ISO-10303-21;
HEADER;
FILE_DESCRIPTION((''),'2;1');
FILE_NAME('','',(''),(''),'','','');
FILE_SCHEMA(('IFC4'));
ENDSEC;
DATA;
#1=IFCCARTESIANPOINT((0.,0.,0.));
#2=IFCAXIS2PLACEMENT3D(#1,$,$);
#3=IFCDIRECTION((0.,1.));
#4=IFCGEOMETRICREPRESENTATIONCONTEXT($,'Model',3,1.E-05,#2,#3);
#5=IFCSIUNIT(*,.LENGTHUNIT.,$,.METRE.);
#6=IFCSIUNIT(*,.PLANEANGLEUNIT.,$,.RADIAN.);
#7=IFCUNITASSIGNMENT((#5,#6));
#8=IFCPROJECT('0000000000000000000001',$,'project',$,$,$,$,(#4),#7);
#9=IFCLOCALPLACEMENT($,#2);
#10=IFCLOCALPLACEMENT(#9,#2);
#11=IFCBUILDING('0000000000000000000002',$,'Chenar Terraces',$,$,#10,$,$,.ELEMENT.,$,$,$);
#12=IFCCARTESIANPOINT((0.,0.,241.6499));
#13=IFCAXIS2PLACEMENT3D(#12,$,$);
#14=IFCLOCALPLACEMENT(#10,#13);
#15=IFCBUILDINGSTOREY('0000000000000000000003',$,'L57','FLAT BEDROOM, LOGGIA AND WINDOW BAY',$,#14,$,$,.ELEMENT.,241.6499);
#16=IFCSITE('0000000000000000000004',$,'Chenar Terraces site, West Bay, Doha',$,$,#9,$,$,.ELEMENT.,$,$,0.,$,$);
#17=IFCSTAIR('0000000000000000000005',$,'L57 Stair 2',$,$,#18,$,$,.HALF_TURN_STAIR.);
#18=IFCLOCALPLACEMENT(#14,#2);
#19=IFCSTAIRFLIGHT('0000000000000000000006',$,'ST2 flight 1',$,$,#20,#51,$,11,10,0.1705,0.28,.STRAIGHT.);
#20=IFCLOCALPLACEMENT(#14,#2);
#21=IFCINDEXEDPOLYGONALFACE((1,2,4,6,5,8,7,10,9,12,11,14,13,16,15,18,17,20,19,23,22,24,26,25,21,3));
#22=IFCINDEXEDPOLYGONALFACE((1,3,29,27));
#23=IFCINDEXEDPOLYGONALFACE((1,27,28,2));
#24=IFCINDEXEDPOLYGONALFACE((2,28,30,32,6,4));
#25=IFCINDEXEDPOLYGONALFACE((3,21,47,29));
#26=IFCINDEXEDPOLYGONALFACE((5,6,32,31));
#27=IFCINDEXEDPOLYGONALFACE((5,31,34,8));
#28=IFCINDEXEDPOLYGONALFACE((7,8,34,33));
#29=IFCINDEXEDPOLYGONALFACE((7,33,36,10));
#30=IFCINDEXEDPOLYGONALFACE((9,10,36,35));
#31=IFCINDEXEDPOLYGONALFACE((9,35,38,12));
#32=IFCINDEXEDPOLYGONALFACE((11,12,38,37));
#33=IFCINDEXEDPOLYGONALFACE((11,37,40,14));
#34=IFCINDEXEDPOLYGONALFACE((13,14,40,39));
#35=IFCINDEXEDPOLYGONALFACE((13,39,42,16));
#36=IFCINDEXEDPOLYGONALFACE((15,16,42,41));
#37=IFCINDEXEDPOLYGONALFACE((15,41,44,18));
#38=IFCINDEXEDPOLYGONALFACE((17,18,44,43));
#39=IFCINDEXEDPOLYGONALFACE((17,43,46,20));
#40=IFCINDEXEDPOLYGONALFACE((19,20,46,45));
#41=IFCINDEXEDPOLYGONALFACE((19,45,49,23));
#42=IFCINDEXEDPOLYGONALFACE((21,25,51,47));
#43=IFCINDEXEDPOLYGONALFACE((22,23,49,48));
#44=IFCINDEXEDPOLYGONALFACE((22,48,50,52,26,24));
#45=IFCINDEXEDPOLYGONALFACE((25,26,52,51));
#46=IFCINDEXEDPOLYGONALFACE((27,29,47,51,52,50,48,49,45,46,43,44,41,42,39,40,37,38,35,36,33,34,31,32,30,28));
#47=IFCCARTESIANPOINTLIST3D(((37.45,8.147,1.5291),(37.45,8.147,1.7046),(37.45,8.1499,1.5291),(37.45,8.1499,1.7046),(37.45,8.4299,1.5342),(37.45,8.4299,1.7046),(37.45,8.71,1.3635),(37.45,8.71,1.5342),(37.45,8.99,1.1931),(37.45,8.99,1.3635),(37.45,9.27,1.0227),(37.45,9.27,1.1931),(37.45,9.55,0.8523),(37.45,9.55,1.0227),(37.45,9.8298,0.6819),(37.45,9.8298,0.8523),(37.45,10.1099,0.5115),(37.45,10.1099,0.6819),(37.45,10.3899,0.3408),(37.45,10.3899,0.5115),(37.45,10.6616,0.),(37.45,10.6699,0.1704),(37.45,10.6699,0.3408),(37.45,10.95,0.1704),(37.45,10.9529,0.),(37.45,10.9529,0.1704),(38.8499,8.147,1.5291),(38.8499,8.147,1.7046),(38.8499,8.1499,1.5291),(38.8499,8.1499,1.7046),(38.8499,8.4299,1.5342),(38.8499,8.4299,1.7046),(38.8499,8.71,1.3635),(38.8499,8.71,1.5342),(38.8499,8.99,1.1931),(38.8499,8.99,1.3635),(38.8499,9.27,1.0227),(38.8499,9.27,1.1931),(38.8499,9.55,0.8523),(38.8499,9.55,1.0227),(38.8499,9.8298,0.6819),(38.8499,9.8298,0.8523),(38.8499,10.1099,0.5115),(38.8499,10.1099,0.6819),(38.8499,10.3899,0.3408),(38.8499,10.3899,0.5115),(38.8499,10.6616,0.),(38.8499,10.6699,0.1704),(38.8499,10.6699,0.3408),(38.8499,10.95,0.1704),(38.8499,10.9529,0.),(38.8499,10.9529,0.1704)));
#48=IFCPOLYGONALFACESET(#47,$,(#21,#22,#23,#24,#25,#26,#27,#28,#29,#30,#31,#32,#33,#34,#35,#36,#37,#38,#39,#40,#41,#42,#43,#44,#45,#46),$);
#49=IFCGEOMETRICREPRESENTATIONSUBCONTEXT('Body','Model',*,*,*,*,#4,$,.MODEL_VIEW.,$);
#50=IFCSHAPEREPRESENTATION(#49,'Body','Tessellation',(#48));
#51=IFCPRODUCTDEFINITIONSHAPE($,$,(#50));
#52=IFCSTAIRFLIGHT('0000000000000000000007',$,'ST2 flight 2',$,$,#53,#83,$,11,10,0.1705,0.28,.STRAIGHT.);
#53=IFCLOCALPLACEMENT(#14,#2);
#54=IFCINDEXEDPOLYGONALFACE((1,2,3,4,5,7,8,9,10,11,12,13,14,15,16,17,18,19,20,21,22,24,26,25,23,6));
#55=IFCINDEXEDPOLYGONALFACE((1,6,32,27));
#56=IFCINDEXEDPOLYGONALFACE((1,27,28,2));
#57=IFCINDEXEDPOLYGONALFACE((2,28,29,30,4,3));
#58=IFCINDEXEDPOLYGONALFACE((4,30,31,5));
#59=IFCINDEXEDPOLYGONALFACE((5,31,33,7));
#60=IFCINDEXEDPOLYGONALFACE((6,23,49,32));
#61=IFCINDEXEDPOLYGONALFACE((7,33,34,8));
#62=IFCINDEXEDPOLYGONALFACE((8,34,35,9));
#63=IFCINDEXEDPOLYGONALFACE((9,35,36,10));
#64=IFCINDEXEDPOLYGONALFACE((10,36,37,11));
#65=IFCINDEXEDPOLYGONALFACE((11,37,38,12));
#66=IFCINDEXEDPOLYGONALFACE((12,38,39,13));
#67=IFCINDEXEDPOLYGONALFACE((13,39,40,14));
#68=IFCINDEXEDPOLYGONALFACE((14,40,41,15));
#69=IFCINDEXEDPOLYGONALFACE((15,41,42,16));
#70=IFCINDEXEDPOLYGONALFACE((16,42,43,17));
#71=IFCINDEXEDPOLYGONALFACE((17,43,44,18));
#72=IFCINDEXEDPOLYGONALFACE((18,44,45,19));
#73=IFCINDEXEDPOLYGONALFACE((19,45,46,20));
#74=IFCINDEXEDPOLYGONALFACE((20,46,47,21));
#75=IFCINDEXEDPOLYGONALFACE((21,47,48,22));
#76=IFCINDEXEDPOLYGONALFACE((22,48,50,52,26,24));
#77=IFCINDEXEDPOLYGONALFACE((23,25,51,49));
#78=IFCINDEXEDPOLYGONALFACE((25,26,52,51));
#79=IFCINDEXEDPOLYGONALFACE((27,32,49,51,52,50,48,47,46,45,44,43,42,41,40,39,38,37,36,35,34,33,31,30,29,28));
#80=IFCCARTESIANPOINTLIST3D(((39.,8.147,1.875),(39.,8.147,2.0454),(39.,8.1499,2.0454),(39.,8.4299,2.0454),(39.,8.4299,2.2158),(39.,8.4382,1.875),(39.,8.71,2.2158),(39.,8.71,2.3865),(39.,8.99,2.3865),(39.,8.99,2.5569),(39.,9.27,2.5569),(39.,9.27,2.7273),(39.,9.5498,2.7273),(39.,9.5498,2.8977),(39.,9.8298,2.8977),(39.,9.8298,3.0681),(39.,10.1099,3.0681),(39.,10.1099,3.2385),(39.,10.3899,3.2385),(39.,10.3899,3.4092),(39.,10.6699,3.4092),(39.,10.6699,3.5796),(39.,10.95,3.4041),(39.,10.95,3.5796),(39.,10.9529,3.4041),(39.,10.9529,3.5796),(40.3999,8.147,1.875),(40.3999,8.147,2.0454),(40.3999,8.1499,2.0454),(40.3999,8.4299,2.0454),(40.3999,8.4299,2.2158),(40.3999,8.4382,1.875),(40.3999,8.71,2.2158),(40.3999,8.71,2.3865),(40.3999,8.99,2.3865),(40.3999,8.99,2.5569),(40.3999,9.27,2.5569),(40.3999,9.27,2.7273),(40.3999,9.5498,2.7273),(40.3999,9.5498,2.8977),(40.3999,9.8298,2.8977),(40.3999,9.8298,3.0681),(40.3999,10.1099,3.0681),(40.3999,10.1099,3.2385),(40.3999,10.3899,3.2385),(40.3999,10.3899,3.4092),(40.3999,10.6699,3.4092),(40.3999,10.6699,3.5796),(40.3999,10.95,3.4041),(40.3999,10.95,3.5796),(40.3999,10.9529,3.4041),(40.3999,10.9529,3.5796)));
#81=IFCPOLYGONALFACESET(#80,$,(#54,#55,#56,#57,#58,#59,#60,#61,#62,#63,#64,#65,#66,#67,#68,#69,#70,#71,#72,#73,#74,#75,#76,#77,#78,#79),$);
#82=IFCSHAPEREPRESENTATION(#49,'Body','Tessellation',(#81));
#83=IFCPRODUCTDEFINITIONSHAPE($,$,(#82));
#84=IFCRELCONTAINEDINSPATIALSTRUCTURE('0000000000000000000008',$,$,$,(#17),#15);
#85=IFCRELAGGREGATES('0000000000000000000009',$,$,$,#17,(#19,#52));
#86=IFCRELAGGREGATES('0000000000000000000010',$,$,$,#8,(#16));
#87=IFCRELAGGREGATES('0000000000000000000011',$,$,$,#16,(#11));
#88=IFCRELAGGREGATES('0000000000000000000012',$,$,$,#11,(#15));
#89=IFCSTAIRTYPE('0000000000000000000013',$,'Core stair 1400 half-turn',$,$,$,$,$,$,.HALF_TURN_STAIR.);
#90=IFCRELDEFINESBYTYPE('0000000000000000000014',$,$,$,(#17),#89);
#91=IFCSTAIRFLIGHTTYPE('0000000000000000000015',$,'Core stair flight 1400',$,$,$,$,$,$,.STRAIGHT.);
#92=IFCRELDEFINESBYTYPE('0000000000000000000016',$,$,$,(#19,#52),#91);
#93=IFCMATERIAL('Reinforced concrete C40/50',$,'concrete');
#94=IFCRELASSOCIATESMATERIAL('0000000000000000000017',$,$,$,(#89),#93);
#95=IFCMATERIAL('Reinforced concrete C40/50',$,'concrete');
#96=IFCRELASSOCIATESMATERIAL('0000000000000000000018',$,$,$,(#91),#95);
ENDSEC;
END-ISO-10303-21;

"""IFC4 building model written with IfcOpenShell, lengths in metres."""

from ifc_helpers import new_model, si_unit, direction, frame, origin, place, context, subcontext, project, spatial, polyline, outline, extrude, material, type_object, element, aggregate, save


model = new_model("IFC4")

# Units and contexts
model_context = context("Model", 3, precision=1e-05, world=origin(), true_north=direction((0.0, 1.0)))
body_context = subcontext(model_context, "Body", "Model", "MODEL_VIEW")
ifc_project = project(units=[si_unit("LENGTHUNIT", "METRE"), si_unit("PLANEANGLEUNIT", "RADIAN")], contexts=[model_context])

# Site, building, storey
site_placement = place(None, origin())
site = spatial("IfcSite", under=ifc_project, at=site_placement, Name="Chenar Terraces site, West Bay, Doha", CompositionType="ELEMENT", RefElevation=0.0)
building_placement = place(site_placement, origin())
building = spatial("IfcBuilding", under=site, at=building_placement, Name="Chenar Terraces", CompositionType="ELEMENT")
storey_placement = place(building_placement, frame((0.0, 0.0, 241.6499)))
storey = spatial("IfcBuildingStorey", under=building, at=storey_placement, Name="L57", Description="FLAT BEDROOM, LOGGIA AND WINDOW BAY", CompositionType="ELEMENT", Elevation=241.6499)

# Stair, stair flights
ifc_material_1 = material(Name="Reinforced concrete C40/50", Category="concrete")
stair_type = type_object("IfcStairType", Name="Core stair 1400 half-turn", PredefinedType="HALF_TURN_STAIR", material=ifc_material_1)
stair_placement = place(storey_placement, origin())
stair = element("IfcStair", 1, at=stair_placement, inside=storey, type_object=stair_type, Name="L57 Stair 2", PredefinedType="HALF_TURN_STAIR")
ifc_material_2 = material(Name="Reinforced concrete C40/50", Category="concrete")
stair_flight_type = type_object("IfcStairFlightType", Name="Core stair flight 1400", PredefinedType="STRAIGHT", material=ifc_material_2)
stair_flight_1_placement = place(storey_placement, frame((38.1499, 10.95, 0.0), z_axis=(0.0, 0.0, 1.0), x_axis=(0.0, -1.0, 0.0)))
stair_flight_1 = element("IfcStairFlight", 2, at=stair_flight_1_placement, type_object=stair_flight_type, Name="ST2 flight 1", NumberOfRisers=11, NumberOfTreads=10, PredefinedType="STRAIGHT", RiserHeight=0.1705, TreadLength=0.28, context=body_context, shape_type="SweptSolid", body=[
    extrude(outline(polyline([(-0.0029, 0.0), (-0.0029, 0.1704), (0.0, 0.1704), (0.28, 0.1704), (0.28, 0.3408), (0.5601, 0.3408), (0.5601, 0.5115), (0.8401, 0.5115), (0.8401, 0.6819), (1.1201, 0.6819), (1.1201, 0.8523), (1.3999, 0.8523), (1.3999, 1.0227), (1.6799, 1.0227), (1.6799, 1.1931), (1.96, 1.1931), (1.96, 1.3635), (2.24, 1.3635), (2.24, 1.5342), (2.52, 1.5342), (2.52, 1.7046), (2.8, 1.7046), (2.803, 1.7046), (2.803, 1.5291), (2.8, 1.5291), (0.2883, 0.0), (-0.0029, 0.0)])), frame((0.0, 0.7, 0.0), z_axis=(0.0, -1.0, 0.0), x_axis=(1.0, 0.0, 0.0)), (0.0, 0.0, 1.0), 1.3999),
])
stair_flight_2_placement = place(storey_placement, frame((39.7, 8.1499, 1.875), z_axis=(0.0, 0.0, 1.0), x_axis=(0.0, 1.0, 0.0)))
stair_flight_2 = element("IfcStairFlight", 3, at=stair_flight_2_placement, type_object=stair_flight_type, Name="ST2 flight 2", NumberOfRisers=11, NumberOfTreads=10, PredefinedType="STRAIGHT", RiserHeight=0.1705, TreadLength=0.28, context=body_context, shape_type="SweptSolid", body=[
    extrude(outline(polyline([(-0.0029, 0.0), (-0.0029, 0.1704), (0.0, 0.1704), (0.28, 0.1704), (0.28, 0.3408), (0.5601, 0.3408), (0.5601, 0.5115), (0.8401, 0.5115), (0.8401, 0.6819), (1.1201, 0.6819), (1.1201, 0.8523), (1.3999, 0.8523), (1.3999, 1.0227), (1.6799, 1.0227), (1.6799, 1.1931), (1.96, 1.1931), (1.96, 1.3635), (2.24, 1.3635), (2.24, 1.5342), (2.52, 1.5342), (2.52, 1.7046), (2.8, 1.7046), (2.803, 1.7046), (2.803, 1.5291), (2.8, 1.5291), (0.2883, 0.0), (-0.0029, 0.0)])), frame((0.0, 0.7, 0.0), z_axis=(0.0, -1.0, 0.0), x_axis=(1.0, 0.0, 0.0)), (0.0, 0.0, 1.0), 1.3999),
])
aggregate(stair, [stair_flight_1, stair_flight_2])

save(model, "model.ifc")
